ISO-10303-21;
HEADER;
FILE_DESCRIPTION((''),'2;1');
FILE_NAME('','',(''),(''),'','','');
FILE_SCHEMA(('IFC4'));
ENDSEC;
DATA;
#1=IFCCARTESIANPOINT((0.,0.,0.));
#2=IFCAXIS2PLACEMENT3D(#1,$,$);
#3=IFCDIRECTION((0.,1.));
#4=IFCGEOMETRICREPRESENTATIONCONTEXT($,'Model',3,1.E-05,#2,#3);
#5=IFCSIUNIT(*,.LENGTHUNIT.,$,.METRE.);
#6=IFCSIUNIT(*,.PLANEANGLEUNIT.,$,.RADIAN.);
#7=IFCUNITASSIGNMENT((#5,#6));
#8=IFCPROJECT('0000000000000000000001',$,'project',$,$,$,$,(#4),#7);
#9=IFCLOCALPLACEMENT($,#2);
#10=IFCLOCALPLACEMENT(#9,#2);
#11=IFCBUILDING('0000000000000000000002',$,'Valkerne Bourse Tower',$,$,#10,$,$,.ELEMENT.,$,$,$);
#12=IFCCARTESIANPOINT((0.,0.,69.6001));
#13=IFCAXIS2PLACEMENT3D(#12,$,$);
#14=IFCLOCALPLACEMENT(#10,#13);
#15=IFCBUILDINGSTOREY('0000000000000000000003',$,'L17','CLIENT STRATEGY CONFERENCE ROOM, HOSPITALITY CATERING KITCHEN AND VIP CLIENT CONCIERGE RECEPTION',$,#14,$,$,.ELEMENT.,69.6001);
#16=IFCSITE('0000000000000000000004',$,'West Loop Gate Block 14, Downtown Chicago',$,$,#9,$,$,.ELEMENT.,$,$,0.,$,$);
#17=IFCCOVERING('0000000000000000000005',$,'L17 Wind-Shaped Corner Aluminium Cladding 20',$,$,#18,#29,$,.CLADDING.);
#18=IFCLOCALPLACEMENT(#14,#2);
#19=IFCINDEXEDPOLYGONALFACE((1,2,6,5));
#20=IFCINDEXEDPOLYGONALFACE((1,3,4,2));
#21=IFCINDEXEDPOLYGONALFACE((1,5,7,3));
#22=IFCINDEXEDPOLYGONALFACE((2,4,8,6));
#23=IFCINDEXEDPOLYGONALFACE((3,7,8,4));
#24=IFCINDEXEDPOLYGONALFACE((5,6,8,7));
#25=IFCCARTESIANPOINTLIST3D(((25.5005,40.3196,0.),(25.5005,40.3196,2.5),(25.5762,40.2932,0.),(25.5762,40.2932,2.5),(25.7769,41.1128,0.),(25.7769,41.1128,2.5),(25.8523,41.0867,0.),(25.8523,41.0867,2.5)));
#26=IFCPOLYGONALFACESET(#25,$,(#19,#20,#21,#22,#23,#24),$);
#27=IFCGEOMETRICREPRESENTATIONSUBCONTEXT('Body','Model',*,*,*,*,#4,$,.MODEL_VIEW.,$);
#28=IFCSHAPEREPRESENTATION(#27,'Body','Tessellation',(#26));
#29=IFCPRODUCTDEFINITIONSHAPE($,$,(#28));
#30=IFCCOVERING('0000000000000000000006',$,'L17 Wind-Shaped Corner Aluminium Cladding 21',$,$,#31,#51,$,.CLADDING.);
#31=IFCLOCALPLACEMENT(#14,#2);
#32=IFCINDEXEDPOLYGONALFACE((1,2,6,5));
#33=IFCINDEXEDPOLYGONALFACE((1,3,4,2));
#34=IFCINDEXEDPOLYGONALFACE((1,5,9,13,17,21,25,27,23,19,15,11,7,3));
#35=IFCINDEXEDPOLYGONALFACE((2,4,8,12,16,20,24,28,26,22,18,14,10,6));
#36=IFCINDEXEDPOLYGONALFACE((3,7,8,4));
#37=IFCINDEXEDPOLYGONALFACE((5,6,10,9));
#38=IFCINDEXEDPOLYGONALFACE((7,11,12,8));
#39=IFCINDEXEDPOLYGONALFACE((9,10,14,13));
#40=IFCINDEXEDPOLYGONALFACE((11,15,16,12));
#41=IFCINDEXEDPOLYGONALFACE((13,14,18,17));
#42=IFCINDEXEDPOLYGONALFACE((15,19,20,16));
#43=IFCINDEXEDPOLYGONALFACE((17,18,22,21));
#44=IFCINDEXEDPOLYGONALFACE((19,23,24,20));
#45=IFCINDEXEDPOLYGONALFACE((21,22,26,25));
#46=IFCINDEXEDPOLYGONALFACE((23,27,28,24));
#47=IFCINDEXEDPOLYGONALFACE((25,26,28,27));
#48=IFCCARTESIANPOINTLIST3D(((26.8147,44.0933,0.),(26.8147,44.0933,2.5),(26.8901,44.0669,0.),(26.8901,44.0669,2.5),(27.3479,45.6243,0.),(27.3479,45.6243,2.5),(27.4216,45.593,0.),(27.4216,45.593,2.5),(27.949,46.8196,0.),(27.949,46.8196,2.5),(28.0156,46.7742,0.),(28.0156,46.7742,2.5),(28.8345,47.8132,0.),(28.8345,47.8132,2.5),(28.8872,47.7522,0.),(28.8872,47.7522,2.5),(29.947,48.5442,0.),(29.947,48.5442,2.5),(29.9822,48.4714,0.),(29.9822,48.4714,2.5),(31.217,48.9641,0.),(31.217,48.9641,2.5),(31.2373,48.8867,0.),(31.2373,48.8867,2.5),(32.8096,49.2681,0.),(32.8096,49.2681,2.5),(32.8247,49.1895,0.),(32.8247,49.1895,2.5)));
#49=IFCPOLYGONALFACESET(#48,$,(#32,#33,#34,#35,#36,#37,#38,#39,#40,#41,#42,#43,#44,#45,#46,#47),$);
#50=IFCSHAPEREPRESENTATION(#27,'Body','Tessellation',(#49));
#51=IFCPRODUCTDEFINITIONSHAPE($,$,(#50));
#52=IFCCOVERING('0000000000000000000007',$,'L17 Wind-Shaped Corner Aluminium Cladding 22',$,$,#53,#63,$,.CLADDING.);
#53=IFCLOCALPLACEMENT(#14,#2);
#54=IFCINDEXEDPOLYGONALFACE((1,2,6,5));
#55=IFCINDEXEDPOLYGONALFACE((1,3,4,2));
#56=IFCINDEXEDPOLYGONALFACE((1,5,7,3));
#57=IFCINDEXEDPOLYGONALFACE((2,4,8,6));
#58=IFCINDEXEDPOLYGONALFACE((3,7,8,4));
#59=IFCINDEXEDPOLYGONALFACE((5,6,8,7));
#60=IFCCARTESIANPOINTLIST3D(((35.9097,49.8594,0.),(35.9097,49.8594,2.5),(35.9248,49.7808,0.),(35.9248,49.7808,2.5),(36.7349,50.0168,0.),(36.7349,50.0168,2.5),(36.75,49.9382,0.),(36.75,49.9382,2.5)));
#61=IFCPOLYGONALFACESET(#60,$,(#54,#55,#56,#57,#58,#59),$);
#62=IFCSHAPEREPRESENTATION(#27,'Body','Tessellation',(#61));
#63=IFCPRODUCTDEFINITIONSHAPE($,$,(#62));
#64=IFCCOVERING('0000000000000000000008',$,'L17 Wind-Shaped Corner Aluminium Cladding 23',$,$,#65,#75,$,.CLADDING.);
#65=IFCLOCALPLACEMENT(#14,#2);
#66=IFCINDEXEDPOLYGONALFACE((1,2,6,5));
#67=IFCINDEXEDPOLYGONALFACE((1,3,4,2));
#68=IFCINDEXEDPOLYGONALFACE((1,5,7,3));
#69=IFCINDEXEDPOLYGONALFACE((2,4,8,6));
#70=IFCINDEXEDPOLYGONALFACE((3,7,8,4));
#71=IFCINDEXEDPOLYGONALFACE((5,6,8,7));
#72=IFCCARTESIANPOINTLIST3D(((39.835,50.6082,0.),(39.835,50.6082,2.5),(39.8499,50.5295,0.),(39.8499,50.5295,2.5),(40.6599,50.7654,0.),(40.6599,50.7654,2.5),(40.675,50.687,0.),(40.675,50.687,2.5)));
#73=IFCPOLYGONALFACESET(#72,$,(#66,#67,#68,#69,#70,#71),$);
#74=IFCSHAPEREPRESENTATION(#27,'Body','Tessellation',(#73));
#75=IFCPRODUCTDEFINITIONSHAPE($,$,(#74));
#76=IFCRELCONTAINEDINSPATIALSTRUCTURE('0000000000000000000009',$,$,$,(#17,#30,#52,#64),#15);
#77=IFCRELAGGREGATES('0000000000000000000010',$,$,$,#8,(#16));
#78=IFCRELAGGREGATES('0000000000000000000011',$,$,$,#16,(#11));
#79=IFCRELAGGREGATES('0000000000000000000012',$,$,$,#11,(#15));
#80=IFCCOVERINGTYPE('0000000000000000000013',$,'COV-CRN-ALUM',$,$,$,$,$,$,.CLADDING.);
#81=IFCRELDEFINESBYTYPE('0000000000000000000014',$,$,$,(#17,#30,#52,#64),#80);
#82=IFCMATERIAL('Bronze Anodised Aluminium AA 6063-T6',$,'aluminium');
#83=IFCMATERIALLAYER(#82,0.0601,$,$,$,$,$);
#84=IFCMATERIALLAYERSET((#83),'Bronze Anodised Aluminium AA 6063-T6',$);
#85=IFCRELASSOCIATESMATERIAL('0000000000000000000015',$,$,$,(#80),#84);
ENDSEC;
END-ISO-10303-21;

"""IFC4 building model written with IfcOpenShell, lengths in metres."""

from ifc_helpers import new_model, si_unit, direction, frame, origin, place, context, subcontext, project, spatial, polyline, outline, extrude, material, layer, layer_set, type_object, element, save


model = new_model("IFC4")

# Units and contexts
model_context = context("Model", 3, precision=1e-05, world=origin(), true_north=direction((0.0, 1.0)))
body_context = subcontext(model_context, "Body", "Model", "MODEL_VIEW")
ifc_project = project(units=[si_unit("LENGTHUNIT", "METRE"), si_unit("PLANEANGLEUNIT", "RADIAN")], contexts=[model_context])

# Site, building, storey
site_placement = place(None, origin())
site = spatial("IfcSite", under=ifc_project, at=site_placement, Name="West Loop Gate Block 14, Downtown Chicago", CompositionType="ELEMENT", RefElevation=0.0)
building_placement = place(site_placement, origin())
building = spatial("IfcBuilding", under=site, at=building_placement, Name="Valkerne Bourse Tower", CompositionType="ELEMENT")
storey_placement = place(building_placement, frame((0.0, 0.0, 69.6001)))
storey = spatial("IfcBuildingStorey", under=building, at=storey_placement, Name="L17", Description="CLIENT STRATEGY CONFERENCE ROOM, HOSPITALITY CATERING KITCHEN AND VIP CLIENT CONCIERGE RECEPTION", CompositionType="ELEMENT", Elevation=69.6001)

# Coverings
ifc_material_1 = material(Name="Bronze Anodised Aluminium AA 6063-T6", Category="aluminium")
ifc_layer_1 = layer(ifc_material_1, 0.0601)
ifc_layer_set_1 = layer_set([ifc_layer_1], Name="Bronze Anodised Aluminium AA 6063-T6")
covering_type = type_object("IfcCoveringType", Name="COV-CRN-ALUM", PredefinedType="CLADDING", material=ifc_layer_set_1)
covering_1_placement = place(storey_placement, origin())
element("IfcCovering", 1, at=covering_1_placement, inside=storey, type_object=covering_type, Name="L17 Wind-Shaped Corner Aluminium Cladding 20", PredefinedType="CLADDING", context=body_context, shape_type="SweptSolid", body=[
    extrude(outline(polyline([(25.7769, 41.1128), (25.8523, 41.0867), (25.5762, 40.2932), (25.5005, 40.3196), (25.7769, 41.1128)])), origin(), (0.0, 0.0, 1.0), 2.5),
])
covering_2_placement = place(storey_placement, origin())
element("IfcCovering", 2, at=covering_2_placement, inside=storey, type_object=covering_type, Name="L17 Wind-Shaped Corner Aluminium Cladding 21", PredefinedType="CLADDING", context=body_context, shape_type="SweptSolid", body=[
    extrude(outline(polyline([(27.3479, 45.6243), (27.949, 46.8196), (28.8345, 47.8132), (29.947, 48.5442), (31.217, 48.9641), (32.8096, 49.2681), (32.8247, 49.1895), (31.2373, 48.8867), (29.9822, 48.4714), (28.8872, 47.7522), (28.0156, 46.7742), (27.4216, 45.593), (26.8901, 44.0669), (26.8147, 44.0933), (27.3479, 45.6243)])), origin(), (0.0, 0.0, 1.0), 2.5),
])
covering_3_placement = place(storey_placement, origin())
element("IfcCovering", 3, at=covering_3_placement, inside=storey, type_object=covering_type, Name="L17 Wind-Shaped Corner Aluminium Cladding 22", PredefinedType="CLADDING", context=body_context, shape_type="SweptSolid", body=[
    extrude(outline(polyline([(36.7349, 50.0168), (36.75, 49.9382), (35.9248, 49.7808), (35.9097, 49.8594), (36.7349, 50.0168)])), origin(), (0.0, 0.0, 1.0), 2.5),
])
covering_4_placement = place(storey_placement, origin())
element("IfcCovering", 4, at=covering_4_placement, inside=storey, type_object=covering_type, Name="L17 Wind-Shaped Corner Aluminium Cladding 23", PredefinedType="CLADDING", context=body_context, shape_type="SweptSolid", body=[
    extrude(outline(polyline([(40.6599, 50.7654), (40.675, 50.687), (39.8499, 50.5295), (39.835, 50.6082), (40.6599, 50.7654)])), origin(), (0.0, 0.0, 1.0), 2.5),
])

save(model, "model.ifc")
